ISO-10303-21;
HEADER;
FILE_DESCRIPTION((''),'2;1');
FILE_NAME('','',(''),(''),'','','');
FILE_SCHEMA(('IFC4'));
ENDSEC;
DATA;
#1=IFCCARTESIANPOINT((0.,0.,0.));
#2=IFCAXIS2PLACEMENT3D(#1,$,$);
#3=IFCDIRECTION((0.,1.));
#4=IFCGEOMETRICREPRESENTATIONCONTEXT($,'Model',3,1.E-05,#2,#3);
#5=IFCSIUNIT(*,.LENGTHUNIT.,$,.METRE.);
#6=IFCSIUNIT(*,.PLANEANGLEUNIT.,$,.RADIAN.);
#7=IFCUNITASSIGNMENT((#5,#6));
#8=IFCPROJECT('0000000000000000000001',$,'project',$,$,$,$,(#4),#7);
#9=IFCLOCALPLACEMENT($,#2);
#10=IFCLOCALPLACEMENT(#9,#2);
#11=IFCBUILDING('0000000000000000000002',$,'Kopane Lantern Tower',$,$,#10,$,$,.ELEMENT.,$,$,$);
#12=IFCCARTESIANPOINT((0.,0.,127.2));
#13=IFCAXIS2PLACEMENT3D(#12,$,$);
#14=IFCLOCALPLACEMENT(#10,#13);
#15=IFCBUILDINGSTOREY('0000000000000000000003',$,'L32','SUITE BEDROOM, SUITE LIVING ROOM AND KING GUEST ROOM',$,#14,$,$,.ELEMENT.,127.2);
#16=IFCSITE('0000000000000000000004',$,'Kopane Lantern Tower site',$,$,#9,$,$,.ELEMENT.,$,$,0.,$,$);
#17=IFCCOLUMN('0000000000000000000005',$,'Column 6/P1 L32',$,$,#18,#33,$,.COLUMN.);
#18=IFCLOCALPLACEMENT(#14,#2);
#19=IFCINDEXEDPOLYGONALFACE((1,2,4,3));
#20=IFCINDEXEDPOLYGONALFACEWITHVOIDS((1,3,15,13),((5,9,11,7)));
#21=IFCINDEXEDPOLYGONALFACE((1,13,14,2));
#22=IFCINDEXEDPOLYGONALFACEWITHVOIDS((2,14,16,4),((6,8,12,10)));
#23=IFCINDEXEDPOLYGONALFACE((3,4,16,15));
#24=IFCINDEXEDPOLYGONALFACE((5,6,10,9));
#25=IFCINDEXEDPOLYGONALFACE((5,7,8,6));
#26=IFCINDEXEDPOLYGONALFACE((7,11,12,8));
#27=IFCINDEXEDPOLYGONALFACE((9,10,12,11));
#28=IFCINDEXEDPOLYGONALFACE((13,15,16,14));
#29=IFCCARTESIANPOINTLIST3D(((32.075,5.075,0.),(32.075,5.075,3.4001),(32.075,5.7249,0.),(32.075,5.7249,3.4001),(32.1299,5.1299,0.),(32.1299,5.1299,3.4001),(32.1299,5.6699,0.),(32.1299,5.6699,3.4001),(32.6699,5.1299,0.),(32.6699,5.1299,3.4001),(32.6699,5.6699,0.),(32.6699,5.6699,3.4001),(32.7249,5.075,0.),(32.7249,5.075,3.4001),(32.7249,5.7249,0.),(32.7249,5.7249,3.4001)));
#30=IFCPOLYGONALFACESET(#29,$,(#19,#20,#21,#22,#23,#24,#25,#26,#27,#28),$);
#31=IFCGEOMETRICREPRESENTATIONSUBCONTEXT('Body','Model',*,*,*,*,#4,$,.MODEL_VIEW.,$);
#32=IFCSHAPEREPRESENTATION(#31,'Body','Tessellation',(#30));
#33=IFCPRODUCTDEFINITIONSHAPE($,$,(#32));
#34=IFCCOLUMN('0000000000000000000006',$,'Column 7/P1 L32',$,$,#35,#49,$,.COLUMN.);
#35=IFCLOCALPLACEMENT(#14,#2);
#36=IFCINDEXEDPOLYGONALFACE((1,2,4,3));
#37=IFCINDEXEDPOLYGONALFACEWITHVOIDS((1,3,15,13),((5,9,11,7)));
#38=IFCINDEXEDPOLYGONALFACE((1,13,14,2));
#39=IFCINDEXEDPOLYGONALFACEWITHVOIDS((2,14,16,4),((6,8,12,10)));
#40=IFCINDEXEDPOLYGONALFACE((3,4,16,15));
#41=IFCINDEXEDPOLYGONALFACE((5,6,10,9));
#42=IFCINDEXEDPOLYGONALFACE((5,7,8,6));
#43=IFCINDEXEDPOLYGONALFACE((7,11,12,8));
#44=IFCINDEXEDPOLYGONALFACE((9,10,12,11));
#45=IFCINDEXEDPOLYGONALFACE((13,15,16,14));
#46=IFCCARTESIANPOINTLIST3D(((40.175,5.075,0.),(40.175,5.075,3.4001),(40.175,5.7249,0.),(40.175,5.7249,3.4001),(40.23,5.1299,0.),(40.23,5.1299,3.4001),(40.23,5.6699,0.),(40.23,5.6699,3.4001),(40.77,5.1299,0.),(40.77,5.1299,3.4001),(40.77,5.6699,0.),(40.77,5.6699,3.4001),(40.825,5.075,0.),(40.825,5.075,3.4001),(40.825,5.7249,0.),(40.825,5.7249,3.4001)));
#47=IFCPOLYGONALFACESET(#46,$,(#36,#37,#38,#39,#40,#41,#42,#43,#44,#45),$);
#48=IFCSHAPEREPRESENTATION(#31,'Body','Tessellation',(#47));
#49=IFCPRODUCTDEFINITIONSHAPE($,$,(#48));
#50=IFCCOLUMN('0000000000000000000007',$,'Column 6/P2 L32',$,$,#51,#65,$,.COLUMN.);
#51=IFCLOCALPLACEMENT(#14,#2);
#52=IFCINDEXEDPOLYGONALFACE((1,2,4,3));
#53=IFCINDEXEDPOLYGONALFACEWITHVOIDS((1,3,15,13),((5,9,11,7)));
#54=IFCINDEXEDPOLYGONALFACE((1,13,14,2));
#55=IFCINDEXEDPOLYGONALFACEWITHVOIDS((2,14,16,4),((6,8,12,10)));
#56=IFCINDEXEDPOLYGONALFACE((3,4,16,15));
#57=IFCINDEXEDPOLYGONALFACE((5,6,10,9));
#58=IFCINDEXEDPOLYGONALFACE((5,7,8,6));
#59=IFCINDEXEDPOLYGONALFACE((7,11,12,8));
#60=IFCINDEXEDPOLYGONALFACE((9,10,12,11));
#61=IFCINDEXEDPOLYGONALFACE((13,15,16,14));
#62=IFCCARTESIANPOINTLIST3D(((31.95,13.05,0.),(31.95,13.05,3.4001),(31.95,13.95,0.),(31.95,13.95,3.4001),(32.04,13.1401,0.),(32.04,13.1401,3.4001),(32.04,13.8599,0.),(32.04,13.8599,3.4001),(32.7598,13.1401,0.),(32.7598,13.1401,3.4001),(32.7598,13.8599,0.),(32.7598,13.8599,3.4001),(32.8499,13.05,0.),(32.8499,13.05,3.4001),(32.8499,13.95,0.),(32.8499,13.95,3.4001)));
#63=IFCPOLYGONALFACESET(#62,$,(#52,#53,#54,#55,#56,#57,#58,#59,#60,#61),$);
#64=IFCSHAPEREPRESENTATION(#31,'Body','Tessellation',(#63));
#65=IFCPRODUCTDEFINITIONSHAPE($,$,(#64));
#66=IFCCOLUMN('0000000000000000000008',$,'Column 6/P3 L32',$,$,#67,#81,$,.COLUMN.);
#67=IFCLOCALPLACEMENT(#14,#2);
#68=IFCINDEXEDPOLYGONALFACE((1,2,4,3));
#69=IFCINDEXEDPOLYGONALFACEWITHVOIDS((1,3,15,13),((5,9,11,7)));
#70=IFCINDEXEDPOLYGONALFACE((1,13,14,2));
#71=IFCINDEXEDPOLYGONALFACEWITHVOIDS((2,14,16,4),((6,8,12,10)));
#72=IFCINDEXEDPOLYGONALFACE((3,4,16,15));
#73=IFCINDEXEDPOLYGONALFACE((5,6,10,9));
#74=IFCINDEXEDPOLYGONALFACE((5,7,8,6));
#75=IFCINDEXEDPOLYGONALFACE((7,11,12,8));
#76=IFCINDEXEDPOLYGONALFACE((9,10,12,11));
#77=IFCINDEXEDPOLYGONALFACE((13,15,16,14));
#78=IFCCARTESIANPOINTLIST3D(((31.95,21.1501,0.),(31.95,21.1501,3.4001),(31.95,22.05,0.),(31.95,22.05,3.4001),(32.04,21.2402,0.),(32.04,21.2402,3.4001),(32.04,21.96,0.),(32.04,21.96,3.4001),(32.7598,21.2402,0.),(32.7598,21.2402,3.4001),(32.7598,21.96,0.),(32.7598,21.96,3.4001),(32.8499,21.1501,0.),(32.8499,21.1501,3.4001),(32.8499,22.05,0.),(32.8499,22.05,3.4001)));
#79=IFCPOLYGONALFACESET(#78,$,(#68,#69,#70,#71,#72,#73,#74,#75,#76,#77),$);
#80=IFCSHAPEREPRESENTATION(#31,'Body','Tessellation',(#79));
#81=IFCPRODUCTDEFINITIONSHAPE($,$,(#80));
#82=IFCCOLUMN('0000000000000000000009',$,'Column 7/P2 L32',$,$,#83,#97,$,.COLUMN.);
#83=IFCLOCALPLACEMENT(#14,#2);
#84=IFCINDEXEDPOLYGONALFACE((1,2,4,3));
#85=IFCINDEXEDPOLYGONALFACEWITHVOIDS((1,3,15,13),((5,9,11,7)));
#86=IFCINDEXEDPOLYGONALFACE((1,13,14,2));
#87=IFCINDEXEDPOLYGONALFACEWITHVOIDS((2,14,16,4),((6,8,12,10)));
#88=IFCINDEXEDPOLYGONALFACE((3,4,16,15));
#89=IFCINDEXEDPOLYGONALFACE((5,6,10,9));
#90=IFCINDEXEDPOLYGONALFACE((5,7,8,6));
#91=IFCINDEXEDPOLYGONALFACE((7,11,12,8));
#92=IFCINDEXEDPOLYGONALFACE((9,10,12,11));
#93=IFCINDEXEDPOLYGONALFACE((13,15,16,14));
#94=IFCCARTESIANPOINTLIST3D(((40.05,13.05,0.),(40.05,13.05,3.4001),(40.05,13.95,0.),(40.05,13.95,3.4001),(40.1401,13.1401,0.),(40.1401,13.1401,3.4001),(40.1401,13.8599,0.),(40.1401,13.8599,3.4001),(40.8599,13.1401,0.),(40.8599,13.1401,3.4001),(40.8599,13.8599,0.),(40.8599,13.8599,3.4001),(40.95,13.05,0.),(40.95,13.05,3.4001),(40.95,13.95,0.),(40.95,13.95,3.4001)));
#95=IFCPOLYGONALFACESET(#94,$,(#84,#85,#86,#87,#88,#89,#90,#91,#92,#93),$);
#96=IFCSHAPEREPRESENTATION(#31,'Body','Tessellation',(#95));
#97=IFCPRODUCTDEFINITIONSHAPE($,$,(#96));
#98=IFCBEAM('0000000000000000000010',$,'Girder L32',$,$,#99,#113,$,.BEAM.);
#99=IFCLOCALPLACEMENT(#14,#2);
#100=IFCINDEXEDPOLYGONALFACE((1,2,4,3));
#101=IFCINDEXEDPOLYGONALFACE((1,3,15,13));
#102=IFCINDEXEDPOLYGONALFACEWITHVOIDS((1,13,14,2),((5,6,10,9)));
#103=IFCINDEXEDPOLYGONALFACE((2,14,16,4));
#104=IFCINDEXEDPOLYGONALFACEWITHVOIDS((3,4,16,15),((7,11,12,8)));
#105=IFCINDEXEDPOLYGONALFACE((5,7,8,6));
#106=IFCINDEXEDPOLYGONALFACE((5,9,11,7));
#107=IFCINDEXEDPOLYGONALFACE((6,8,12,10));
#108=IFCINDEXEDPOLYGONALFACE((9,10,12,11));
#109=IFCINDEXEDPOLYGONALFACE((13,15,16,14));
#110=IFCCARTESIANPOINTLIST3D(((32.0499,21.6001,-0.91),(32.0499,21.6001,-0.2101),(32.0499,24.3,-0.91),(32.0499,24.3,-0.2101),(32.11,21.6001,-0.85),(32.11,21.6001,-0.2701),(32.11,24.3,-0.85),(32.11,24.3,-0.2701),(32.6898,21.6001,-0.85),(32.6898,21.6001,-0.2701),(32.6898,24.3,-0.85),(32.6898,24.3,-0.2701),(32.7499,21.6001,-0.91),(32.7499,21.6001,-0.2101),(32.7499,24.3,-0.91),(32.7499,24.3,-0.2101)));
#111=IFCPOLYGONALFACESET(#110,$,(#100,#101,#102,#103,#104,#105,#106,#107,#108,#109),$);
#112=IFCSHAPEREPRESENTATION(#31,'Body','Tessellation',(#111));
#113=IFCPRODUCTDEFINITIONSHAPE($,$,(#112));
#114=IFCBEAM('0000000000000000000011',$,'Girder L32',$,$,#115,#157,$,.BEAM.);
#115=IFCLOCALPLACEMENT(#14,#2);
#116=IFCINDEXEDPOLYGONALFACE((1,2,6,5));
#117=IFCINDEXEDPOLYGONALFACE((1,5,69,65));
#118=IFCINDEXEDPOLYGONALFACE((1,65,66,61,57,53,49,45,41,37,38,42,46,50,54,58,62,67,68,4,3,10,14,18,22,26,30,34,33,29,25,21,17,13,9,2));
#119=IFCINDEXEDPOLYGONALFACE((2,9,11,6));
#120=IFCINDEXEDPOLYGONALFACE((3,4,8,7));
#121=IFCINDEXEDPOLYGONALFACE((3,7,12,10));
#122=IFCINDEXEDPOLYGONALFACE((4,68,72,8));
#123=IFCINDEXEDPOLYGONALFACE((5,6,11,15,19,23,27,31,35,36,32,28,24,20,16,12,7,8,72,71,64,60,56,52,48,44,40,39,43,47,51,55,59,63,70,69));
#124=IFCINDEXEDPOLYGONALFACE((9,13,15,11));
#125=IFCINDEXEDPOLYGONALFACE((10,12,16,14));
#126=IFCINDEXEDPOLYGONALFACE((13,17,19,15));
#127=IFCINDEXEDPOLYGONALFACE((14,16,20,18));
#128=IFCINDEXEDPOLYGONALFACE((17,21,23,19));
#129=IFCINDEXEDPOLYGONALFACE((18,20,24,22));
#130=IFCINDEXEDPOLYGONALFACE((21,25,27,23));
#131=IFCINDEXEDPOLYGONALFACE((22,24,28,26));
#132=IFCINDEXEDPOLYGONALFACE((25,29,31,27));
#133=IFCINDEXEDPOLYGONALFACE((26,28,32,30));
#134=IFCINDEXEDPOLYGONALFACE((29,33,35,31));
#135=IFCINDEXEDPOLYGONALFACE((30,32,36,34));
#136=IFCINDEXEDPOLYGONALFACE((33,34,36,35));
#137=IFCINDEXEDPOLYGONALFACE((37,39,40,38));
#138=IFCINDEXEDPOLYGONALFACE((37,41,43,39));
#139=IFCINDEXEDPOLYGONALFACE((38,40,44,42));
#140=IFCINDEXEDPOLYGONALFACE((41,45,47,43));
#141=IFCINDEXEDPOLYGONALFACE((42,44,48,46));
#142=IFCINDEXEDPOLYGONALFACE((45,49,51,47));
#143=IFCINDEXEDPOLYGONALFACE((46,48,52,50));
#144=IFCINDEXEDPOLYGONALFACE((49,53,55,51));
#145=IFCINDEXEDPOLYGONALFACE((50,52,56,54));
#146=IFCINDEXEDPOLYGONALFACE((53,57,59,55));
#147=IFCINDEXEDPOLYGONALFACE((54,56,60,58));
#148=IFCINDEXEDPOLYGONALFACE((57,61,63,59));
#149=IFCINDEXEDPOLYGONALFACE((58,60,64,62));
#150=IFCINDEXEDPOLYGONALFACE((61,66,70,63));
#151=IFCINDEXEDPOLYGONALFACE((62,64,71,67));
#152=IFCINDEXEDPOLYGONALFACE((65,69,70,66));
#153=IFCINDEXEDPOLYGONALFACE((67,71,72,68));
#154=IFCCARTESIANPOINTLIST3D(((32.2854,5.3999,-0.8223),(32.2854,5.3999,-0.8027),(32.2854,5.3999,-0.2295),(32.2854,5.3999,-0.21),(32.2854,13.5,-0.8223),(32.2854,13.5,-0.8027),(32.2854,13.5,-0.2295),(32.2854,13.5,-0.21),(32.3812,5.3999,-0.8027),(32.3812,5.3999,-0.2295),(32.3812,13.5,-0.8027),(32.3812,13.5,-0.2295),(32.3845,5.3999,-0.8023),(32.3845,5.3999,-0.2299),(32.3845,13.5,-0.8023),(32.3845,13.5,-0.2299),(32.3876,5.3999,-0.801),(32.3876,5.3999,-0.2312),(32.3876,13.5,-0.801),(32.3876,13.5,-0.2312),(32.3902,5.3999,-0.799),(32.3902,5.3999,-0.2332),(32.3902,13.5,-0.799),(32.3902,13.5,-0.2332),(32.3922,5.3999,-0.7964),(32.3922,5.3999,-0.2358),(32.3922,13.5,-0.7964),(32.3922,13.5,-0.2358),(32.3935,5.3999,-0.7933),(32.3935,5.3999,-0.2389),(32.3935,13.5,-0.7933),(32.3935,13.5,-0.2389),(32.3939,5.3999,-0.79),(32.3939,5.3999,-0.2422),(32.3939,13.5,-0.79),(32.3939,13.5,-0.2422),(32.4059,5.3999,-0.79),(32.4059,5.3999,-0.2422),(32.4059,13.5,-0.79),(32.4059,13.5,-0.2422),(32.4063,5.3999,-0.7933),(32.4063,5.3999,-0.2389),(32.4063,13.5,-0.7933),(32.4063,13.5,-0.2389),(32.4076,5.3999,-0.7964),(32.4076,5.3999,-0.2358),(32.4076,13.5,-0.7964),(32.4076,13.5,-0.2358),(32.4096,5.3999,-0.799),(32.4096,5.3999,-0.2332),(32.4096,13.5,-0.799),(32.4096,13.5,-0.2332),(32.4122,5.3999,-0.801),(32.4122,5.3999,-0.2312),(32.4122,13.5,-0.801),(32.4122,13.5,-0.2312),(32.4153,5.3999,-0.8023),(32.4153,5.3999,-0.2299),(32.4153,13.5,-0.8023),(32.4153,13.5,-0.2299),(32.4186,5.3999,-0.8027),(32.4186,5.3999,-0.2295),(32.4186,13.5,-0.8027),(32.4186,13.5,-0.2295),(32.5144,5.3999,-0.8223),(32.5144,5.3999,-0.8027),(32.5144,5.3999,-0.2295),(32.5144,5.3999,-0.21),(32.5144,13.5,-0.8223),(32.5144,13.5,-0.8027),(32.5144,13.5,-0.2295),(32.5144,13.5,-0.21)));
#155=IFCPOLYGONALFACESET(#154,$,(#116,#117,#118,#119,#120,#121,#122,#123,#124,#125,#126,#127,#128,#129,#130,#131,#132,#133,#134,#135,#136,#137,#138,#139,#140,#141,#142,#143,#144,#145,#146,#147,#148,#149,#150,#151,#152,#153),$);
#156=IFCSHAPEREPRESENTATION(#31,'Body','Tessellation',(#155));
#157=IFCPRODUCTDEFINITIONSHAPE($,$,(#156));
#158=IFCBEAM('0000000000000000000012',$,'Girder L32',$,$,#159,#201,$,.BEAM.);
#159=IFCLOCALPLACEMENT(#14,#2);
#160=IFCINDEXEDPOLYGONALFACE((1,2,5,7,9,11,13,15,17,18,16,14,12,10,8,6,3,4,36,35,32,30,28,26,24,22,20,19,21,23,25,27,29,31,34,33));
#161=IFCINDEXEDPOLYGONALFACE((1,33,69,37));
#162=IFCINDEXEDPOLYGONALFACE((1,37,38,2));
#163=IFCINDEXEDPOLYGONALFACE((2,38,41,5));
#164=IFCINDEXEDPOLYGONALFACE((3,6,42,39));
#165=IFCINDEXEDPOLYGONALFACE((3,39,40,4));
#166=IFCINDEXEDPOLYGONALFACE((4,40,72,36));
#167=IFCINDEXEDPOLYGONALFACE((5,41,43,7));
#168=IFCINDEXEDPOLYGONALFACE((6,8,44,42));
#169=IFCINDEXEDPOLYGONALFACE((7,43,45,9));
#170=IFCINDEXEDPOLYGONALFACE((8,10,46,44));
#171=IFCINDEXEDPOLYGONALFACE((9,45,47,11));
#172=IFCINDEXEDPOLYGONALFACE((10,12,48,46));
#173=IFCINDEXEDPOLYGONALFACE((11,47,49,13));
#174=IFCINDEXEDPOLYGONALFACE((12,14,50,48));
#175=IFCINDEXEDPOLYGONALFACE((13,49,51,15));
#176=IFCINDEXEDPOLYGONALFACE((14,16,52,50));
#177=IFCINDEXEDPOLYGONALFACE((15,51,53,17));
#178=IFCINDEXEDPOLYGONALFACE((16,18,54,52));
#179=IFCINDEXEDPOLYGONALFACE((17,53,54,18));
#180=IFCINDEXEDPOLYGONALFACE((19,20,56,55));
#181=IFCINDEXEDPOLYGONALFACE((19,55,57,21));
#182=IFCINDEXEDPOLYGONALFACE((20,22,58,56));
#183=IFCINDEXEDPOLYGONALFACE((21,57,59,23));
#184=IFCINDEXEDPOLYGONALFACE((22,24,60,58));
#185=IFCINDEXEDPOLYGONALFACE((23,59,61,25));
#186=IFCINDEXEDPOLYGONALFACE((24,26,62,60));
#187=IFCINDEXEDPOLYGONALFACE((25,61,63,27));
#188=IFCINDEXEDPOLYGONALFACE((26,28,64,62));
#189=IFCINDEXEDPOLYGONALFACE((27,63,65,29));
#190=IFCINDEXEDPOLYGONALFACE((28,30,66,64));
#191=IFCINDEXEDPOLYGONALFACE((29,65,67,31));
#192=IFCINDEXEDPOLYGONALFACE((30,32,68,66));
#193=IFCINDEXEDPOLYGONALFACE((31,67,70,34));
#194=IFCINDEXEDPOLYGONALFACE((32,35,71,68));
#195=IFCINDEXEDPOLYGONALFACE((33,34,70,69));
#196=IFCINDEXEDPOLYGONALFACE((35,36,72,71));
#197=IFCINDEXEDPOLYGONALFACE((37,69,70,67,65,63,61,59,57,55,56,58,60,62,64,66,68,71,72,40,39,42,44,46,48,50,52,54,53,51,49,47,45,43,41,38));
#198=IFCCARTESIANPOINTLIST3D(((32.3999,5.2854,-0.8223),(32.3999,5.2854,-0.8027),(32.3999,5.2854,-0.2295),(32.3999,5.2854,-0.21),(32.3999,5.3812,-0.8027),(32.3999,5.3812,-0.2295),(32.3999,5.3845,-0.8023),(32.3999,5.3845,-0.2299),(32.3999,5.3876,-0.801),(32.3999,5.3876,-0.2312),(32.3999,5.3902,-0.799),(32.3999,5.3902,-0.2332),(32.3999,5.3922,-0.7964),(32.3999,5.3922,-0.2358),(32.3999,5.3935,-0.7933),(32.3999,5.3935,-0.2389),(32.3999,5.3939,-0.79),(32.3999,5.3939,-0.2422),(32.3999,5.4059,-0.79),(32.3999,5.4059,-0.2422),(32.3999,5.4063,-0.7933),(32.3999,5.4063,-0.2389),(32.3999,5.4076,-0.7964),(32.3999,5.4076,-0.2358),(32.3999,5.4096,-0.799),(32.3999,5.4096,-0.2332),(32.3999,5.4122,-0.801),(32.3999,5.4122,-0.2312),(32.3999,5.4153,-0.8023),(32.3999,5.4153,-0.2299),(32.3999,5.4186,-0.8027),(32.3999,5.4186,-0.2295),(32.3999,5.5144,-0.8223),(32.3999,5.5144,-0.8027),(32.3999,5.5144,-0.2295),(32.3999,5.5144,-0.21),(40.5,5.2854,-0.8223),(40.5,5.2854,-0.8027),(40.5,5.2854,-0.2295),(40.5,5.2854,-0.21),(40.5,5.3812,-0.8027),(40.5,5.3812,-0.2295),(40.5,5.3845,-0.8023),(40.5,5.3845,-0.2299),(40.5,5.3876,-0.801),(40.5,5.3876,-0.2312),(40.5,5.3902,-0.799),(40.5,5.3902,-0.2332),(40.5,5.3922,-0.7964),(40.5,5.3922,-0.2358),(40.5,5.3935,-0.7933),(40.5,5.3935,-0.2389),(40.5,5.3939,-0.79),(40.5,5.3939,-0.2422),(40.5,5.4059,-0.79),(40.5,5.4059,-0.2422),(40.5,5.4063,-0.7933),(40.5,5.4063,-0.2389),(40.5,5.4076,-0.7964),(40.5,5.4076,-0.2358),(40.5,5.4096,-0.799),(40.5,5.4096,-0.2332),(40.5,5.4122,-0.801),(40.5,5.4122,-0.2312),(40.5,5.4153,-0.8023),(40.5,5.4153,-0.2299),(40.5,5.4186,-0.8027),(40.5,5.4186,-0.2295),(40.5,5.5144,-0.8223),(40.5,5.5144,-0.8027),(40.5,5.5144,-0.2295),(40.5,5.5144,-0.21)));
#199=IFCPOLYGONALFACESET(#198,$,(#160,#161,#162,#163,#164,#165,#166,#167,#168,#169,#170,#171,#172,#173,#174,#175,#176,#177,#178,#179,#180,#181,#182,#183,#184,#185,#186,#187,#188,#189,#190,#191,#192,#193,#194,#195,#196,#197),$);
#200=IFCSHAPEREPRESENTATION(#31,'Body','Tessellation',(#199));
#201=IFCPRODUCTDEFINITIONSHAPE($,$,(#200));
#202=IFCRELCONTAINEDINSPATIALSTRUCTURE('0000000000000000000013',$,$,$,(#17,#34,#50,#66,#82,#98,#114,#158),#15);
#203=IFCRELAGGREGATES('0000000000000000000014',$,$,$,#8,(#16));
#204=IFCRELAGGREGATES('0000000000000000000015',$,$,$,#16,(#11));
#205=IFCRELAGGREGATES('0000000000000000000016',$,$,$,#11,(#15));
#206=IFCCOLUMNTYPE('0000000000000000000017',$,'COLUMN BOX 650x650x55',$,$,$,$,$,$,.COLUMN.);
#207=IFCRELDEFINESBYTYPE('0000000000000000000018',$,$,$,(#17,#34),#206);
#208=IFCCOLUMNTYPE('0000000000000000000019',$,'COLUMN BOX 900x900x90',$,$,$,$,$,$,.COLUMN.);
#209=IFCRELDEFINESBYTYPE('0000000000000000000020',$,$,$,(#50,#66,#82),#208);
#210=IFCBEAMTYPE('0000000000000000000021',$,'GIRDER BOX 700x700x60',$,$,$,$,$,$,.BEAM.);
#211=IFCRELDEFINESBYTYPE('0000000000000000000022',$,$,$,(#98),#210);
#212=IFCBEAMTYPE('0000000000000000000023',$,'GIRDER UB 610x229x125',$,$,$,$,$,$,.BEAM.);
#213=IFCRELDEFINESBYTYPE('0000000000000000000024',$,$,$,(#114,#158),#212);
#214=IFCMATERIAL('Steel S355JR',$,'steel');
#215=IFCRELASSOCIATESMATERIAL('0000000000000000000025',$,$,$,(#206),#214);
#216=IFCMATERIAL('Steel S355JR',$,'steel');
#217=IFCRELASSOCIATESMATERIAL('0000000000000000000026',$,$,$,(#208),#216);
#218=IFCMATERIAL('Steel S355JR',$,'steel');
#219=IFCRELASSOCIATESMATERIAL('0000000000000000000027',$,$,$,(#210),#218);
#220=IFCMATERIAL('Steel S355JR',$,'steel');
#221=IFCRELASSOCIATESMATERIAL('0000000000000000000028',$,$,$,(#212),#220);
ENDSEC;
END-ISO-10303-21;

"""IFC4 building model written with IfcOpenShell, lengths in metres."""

from ifc_helpers import new_model, si_unit, direction, frame, origin, origin_2d, place, context, subcontext, project, spatial, hollow_rectangle, i_section, extrude, material, material_profile, profile_set, type_object, element, save


model = new_model("IFC4")

# Units and contexts
model_context = context("Model", 3, precision=1e-05, world=origin(), true_north=direction((0.0, 1.0)))
body_context = subcontext(model_context, "Body", "Model", "MODEL_VIEW")
ifc_project = project(units=[si_unit("LENGTHUNIT", "METRE"), si_unit("PLANEANGLEUNIT", "RADIAN")], contexts=[model_context])

# Site, building, storey
site_placement = place(None, origin())
site = spatial("IfcSite", under=ifc_project, at=site_placement, Name="Kopane Lantern Tower site", CompositionType="ELEMENT", RefElevation=0.0)
building_placement = place(site_placement, origin())
building = spatial("IfcBuilding", under=site, at=building_placement, Name="Kopane Lantern Tower", CompositionType="ELEMENT")
storey_placement = place(building_placement, frame((0.0, 0.0, 127.2)))
storey = spatial("IfcBuildingStorey", under=building, at=storey_placement, Name="L32", Description="SUITE BEDROOM, SUITE LIVING ROOM AND KING GUEST ROOM", CompositionType="ELEMENT", Elevation=127.2)

# Columns
ifc_material_1 = material(Name="Steel S355JR", Category="steel")
ifc_material_profile_1 = material_profile(ifc_material_1, hollow_rectangle(XDim=0.6499, YDim=0.6499, WallThickness=0.0549, at=origin_2d()), Name="BOX 650x650x55")
ifc_profile_set_1 = profile_set([ifc_material_profile_1], Name="Steel S355JR")
column_type_1 = type_object("IfcColumnType", Name="COLUMN BOX 650x650x55", PredefinedType="COLUMN", material=ifc_profile_set_1)
for number, where, z_axis, x_axis, name in (
    (1, (32.3999, 5.3999, 0.0), (0.0, 0.0, 1.0), (1.0, 0.0, 0.0), "Column 6/P1 L32"),
    (2, (40.5, 5.3999, 0.0), (0.0, 0.0, 1.0), (1.0, 0.0, 0.0), "Column 7/P1 L32"),
):
    element("IfcColumn", number, at=place(storey_placement, frame(where, z_axis=z_axis, x_axis=x_axis)), inside=storey, type_object=column_type_1, Name=name, PredefinedType="COLUMN", context=body_context, shape_type="SweptSolid", body=[
        extrude(hollow_rectangle(XDim=0.6499, YDim=0.6499, WallThickness=0.0549, at=origin_2d()), origin(), (0.0, 0.0, 1.0), 3.4001),
    ])
ifc_material_2 = material(Name="Steel S355JR", Category="steel")
ifc_material_profile_2 = material_profile(ifc_material_2, hollow_rectangle(XDim=0.8999, YDim=0.8999, WallThickness=0.0901, at=origin_2d()), Name="BOX 900x900x90")
ifc_profile_set_2 = profile_set([ifc_material_profile_2], Name="Steel S355JR")
column_type_2 = type_object("IfcColumnType", Name="COLUMN BOX 900x900x90", PredefinedType="COLUMN", material=ifc_profile_set_2)
for number, where, z_axis, x_axis, name in (
    (3, (32.3999, 13.5, 0.0), (0.0, 0.0, 1.0), (1.0, 0.0, 0.0), "Column 6/P2 L32"),
    (4, (32.3999, 21.6001, 0.0), (0.0, 0.0, 1.0), (1.0, 0.0, 0.0), "Column 6/P3 L32"),
    (5, (40.5, 13.5, 0.0), (0.0, 0.0, 1.0), (1.0, 0.0, 0.0), "Column 7/P2 L32"),
):
    element("IfcColumn", number, at=place(storey_placement, frame(where, z_axis=z_axis, x_axis=x_axis)), inside=storey, type_object=column_type_2, Name=name, PredefinedType="COLUMN", context=body_context, shape_type="SweptSolid", body=[
        extrude(hollow_rectangle(XDim=0.8999, YDim=0.8999, WallThickness=0.0901, at=origin_2d()), origin(), (0.0, 0.0, 1.0), 3.4001),
    ])

# Beams
ifc_material_3 = material(Name="Steel S355JR", Category="steel")
ifc_material_profile_3 = material_profile(ifc_material_3, hollow_rectangle(XDim=0.7, YDim=0.7, WallThickness=0.0601, at=origin_2d()), Name="BOX 700x700x60")
ifc_profile_set_3 = profile_set([ifc_material_profile_3], Name="Steel S355JR")
beam_type_1 = type_object("IfcBeamType", Name="GIRDER BOX 700x700x60", PredefinedType="BEAM", material=ifc_profile_set_3)
beam_placement = place(storey_placement, frame((32.3999, 21.6001, -0.5601), z_axis=(0.0, 1.0, 0.0), x_axis=(-1.0, 0.0, 0.0)))
element("IfcBeam", 6, at=beam_placement, inside=storey, type_object=beam_type_1, Name="Girder L32", PredefinedType="BEAM", context=body_context, shape_type="SweptSolid", body=[
    extrude(hollow_rectangle(XDim=0.7, YDim=0.7, WallThickness=0.0601, at=origin_2d()), origin(), (0.0, 0.0, 1.0), 2.7),
])
ifc_material_4 = material(Name="Steel S355JR", Category="steel")
ifc_material_profile_4 = material_profile(ifc_material_4, i_section(OverallWidth=0.229, OverallDepth=0.6123, WebThickness=0.012, FlangeThickness=0.0195, FilletRadius=0.0127, at=origin_2d()), Name="UB 610x229x125")
ifc_profile_set_4 = profile_set([ifc_material_profile_4], Name="Steel S355JR")
beam_type_2 = type_object("IfcBeamType", Name="GIRDER UB 610x229x125", PredefinedType="BEAM", material=ifc_profile_set_4)
for number, where, z_axis, x_axis, name in (
    (7, (32.3999, 5.3999, -0.5161), (0.0, 1.0, 0.0), (-1.0, 0.0, 0.0), "Girder L32"),
    (8, (32.3999, 5.3999, -0.5161), (1.0, 0.0, 0.0), (0.0, 1.0, 0.0), "Girder L32"),
):
    element("IfcBeam", number, at=place(storey_placement, frame(where, z_axis=z_axis, x_axis=x_axis)), inside=storey, type_object=beam_type_2, Name=name, PredefinedType="BEAM", context=body_context, shape_type="SweptSolid", body=[
        extrude(i_section(OverallWidth=0.229, OverallDepth=0.6123, WebThickness=0.012, FlangeThickness=0.0195, FilletRadius=0.0127, at=origin_2d()), origin(), (0.0, 0.0, 1.0), 8.1001),
    ])

save(model, "model.ifc")
